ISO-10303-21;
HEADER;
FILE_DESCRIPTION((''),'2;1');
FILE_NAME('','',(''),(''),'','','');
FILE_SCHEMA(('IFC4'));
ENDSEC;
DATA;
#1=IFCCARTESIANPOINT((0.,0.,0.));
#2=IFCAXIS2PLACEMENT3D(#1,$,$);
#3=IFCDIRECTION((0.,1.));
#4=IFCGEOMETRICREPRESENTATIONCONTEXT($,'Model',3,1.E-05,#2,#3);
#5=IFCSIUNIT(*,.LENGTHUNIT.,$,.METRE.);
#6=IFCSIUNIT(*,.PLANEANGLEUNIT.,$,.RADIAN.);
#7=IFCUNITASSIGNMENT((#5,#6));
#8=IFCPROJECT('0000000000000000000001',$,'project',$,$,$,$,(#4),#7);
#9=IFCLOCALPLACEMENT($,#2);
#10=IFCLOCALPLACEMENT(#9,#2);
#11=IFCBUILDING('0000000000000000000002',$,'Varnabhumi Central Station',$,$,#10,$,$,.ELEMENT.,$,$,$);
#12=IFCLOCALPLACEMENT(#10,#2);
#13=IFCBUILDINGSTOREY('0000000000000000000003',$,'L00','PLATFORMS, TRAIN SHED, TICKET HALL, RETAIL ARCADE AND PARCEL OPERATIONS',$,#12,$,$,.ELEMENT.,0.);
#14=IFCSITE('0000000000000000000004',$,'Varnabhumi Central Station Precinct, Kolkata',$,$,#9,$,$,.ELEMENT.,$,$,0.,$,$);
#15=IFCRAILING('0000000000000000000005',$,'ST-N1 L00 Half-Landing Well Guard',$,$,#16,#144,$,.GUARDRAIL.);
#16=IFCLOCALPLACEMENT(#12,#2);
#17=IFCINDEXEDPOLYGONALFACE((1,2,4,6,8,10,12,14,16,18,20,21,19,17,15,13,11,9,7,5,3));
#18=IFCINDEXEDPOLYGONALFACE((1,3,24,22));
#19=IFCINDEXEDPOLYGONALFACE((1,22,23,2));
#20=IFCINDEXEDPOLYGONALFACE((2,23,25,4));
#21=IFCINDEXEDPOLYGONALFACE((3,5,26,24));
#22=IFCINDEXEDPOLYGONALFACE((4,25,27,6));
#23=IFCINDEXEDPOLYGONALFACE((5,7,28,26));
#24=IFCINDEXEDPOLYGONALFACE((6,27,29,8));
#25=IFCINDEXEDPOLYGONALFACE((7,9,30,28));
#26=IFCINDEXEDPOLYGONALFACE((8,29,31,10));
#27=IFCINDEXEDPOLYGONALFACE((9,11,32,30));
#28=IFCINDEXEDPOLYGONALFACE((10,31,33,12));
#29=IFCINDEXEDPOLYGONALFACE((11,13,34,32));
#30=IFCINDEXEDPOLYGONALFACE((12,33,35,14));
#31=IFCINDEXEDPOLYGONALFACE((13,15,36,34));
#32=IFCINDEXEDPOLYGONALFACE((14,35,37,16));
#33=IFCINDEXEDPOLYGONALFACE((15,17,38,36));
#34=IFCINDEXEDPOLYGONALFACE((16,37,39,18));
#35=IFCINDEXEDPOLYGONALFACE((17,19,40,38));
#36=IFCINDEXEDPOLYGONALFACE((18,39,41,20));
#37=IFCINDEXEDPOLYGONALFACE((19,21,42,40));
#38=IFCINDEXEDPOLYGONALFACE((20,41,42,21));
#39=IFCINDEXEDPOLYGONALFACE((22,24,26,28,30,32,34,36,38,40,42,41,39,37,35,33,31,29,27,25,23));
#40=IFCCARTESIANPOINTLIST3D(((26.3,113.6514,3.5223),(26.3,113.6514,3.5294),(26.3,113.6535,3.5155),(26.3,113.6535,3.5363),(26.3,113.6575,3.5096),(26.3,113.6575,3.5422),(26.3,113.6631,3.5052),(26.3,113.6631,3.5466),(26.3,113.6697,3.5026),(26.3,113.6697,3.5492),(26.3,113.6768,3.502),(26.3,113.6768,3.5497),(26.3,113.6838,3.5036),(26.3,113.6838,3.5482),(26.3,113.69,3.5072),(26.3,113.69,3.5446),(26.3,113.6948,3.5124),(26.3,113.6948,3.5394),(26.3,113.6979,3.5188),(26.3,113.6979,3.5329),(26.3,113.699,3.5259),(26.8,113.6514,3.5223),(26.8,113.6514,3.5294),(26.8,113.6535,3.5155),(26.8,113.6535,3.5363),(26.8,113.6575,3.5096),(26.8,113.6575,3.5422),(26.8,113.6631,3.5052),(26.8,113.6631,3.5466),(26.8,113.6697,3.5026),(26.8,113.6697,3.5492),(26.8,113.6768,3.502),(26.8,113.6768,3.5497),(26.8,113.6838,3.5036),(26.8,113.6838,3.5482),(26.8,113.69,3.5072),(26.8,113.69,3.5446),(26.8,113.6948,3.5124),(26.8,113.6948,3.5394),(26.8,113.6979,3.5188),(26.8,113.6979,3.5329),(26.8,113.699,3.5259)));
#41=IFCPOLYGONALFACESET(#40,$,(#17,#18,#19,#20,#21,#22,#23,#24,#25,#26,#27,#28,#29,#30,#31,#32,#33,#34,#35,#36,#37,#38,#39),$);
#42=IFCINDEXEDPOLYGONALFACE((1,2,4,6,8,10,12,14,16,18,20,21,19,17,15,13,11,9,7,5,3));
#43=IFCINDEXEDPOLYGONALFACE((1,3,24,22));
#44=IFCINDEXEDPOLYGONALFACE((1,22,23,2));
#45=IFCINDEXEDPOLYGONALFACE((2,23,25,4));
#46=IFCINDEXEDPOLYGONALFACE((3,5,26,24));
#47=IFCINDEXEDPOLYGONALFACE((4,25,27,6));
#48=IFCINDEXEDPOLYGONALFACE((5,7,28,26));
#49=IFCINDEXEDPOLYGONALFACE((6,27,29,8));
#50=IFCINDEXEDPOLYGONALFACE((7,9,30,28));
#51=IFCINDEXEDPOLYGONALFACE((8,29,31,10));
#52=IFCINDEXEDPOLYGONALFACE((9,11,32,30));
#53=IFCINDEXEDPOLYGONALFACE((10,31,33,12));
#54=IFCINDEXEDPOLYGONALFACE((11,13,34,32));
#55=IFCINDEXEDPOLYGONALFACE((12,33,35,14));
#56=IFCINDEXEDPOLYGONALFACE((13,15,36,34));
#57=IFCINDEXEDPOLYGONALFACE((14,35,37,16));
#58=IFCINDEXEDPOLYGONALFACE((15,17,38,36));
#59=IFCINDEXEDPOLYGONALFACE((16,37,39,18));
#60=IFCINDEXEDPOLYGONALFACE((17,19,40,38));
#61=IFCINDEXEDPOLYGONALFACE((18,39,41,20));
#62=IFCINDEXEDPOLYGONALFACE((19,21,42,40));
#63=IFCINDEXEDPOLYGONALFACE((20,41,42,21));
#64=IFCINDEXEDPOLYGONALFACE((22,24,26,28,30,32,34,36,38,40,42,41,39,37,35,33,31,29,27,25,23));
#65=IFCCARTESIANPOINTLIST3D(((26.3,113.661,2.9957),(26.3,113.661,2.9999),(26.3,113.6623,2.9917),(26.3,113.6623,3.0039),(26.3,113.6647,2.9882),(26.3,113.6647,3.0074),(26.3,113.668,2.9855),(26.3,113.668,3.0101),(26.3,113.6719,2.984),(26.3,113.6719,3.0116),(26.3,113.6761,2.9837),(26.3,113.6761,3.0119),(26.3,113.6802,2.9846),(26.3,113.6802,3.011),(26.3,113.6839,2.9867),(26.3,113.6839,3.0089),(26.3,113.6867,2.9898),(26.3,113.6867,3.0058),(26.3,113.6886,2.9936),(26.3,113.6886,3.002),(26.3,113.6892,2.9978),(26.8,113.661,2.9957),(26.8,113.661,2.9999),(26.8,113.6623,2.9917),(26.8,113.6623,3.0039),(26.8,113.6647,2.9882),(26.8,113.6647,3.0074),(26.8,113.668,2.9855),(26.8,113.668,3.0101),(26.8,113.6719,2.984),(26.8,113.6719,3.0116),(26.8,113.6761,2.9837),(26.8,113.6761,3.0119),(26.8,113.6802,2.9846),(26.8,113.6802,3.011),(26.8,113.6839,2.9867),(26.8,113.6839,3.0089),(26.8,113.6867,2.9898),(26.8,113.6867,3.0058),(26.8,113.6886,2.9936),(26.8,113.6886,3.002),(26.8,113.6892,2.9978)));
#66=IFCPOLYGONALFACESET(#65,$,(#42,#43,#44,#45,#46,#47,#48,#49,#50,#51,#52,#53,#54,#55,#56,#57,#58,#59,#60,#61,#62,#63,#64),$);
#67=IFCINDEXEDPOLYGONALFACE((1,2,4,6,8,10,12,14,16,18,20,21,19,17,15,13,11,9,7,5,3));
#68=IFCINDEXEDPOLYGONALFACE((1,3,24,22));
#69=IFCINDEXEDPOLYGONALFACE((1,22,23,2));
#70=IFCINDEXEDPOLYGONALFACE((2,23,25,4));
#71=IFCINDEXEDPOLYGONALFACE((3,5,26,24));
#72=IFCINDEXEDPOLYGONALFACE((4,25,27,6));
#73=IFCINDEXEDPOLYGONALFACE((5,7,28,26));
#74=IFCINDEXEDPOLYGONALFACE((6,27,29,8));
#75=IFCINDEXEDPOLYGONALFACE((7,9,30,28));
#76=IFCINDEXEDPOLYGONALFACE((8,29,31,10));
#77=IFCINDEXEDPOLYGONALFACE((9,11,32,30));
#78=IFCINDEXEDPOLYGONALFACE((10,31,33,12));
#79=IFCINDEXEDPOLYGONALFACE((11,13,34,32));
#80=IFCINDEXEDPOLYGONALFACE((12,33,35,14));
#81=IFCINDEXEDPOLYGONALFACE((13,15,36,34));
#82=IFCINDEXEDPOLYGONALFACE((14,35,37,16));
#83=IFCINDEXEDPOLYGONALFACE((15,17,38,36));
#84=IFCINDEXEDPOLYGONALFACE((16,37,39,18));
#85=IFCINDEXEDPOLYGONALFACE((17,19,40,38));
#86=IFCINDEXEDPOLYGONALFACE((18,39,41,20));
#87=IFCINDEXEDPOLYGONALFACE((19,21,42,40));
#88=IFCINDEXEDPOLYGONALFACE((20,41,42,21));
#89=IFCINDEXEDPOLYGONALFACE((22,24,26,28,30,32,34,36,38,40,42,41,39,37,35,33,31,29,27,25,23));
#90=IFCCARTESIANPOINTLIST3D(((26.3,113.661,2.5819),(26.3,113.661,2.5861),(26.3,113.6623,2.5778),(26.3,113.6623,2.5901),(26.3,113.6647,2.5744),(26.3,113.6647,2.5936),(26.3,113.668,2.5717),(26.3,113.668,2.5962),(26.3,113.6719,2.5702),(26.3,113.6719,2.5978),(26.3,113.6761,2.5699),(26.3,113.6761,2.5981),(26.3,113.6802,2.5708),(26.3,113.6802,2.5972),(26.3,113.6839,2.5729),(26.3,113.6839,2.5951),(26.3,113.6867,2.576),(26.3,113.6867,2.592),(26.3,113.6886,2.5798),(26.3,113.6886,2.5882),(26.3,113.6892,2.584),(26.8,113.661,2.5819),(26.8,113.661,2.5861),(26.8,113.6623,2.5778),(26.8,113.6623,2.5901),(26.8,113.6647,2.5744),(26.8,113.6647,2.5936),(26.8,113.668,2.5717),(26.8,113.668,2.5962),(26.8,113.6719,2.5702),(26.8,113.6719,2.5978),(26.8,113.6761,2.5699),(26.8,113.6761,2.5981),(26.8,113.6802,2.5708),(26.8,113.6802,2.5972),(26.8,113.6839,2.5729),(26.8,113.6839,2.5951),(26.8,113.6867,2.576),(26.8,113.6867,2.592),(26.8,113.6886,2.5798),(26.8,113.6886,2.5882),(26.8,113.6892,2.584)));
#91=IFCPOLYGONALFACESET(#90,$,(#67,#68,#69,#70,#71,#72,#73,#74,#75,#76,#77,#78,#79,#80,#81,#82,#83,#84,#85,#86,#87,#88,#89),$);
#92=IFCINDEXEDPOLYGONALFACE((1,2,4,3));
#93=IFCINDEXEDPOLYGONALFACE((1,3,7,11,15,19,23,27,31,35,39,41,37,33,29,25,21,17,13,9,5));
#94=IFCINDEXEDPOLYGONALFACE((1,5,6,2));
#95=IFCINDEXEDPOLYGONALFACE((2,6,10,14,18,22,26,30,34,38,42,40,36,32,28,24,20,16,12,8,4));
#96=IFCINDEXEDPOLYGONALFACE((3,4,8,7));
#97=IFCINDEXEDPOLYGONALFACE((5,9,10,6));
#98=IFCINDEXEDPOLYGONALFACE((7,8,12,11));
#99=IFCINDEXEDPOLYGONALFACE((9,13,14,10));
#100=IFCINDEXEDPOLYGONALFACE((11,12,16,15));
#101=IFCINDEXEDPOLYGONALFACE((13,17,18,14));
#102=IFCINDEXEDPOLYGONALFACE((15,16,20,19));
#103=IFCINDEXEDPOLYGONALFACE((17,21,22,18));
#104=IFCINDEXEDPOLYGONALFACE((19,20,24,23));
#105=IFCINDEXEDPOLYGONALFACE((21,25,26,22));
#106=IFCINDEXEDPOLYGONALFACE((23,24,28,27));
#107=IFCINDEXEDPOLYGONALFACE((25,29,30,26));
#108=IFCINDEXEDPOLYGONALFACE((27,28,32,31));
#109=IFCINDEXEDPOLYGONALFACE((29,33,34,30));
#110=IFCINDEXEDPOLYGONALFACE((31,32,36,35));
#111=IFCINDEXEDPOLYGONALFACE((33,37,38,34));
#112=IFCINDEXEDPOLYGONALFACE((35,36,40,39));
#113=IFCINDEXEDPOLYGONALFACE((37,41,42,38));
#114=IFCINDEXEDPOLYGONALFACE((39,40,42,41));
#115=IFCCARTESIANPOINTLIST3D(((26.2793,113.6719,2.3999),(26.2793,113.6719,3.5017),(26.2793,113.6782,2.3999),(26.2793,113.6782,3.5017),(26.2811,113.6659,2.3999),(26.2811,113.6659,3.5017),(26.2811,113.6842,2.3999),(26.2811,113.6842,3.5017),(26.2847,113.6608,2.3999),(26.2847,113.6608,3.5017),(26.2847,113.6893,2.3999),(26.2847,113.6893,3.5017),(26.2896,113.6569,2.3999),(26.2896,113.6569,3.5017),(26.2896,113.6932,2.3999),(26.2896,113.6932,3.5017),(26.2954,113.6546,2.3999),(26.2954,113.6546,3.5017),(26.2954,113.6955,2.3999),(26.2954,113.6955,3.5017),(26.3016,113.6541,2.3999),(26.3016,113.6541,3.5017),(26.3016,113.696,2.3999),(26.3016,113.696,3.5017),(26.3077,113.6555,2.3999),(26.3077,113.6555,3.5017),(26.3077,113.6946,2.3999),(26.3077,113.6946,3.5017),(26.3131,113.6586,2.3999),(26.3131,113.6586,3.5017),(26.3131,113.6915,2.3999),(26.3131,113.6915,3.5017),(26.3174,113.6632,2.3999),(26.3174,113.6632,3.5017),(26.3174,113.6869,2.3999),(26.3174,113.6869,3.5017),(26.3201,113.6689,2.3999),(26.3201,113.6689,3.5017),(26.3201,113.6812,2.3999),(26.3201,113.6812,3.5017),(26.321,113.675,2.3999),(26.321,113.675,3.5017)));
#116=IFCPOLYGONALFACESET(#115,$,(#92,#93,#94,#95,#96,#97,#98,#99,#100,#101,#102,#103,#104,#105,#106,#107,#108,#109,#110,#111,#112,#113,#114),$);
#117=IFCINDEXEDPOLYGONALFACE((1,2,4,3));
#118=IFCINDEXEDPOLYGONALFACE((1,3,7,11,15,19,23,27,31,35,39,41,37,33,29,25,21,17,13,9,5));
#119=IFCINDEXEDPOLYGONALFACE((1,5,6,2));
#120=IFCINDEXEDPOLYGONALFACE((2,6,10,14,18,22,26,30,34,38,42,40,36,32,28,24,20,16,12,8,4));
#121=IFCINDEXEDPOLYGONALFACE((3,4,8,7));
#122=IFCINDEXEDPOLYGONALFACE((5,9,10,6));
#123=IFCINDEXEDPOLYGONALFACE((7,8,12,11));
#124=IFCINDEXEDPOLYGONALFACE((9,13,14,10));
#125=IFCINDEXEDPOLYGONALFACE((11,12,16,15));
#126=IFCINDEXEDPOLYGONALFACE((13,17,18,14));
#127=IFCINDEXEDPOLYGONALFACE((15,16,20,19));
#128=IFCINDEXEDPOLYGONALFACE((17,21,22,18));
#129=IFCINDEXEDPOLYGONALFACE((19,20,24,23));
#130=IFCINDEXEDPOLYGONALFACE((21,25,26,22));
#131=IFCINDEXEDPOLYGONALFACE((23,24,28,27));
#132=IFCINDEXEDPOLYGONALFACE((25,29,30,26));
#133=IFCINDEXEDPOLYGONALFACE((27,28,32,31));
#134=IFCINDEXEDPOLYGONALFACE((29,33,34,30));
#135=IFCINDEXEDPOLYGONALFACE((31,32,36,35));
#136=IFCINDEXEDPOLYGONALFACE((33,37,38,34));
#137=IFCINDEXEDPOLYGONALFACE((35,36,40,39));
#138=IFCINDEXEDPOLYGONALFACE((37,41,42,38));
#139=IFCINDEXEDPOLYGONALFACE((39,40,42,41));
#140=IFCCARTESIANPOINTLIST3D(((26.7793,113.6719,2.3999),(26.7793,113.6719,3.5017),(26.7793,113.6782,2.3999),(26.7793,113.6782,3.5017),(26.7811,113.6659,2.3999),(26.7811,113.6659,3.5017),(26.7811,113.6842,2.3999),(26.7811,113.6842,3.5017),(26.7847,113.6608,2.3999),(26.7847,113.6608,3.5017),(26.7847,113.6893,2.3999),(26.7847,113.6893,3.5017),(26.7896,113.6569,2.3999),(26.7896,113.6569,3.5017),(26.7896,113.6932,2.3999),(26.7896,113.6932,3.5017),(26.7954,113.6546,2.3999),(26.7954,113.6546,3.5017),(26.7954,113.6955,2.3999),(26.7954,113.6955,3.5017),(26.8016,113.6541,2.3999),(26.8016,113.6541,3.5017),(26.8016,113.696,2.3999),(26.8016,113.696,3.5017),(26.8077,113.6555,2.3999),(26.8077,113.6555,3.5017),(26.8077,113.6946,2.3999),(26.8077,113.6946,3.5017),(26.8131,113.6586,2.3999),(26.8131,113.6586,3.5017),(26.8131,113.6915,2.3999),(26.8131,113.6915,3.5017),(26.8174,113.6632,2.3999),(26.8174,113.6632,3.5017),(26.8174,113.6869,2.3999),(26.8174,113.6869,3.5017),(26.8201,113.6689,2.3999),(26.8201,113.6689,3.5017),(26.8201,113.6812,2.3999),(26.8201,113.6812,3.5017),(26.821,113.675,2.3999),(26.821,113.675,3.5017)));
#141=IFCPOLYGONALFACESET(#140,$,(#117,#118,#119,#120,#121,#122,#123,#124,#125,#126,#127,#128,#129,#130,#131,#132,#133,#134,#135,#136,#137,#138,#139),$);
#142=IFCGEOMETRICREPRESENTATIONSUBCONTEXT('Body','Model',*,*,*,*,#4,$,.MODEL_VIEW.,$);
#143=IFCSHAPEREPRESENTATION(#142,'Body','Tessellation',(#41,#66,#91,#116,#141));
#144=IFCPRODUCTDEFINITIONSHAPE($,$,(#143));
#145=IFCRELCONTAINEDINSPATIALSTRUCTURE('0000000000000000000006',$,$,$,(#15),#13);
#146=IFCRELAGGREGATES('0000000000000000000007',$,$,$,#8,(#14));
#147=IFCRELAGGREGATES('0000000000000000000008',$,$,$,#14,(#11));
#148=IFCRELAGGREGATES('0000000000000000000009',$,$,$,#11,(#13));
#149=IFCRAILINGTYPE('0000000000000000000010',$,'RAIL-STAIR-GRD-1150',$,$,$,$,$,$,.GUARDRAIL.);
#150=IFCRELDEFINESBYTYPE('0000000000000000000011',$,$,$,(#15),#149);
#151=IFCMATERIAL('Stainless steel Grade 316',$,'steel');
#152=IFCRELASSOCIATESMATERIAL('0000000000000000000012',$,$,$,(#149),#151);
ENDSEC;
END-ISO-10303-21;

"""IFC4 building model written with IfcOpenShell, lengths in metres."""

from ifc_helpers import new_model, si_unit, direction, frame, origin, origin_2d, place, context, subcontext, project, spatial, circle, extrude, material, type_object, element, save


model = new_model("IFC4")

# Units and contexts
model_context = context("Model", 3, precision=1e-05, world=origin(), true_north=direction((0.0, 1.0)))
body_context = subcontext(model_context, "Body", "Model", "MODEL_VIEW")
ifc_project = project(units=[si_unit("LENGTHUNIT", "METRE"), si_unit("PLANEANGLEUNIT", "RADIAN")], contexts=[model_context])

# Site, building, storey
site_placement = place(None, origin())
site = spatial("IfcSite", under=ifc_project, at=site_placement, Name="Varnabhumi Central Station Precinct, Kolkata", CompositionType="ELEMENT", RefElevation=0.0)
building_placement = place(site_placement, origin())
building = spatial("IfcBuilding", under=site, at=building_placement, Name="Varnabhumi Central Station", CompositionType="ELEMENT")
storey_placement = place(building_placement, origin())
storey = spatial("IfcBuildingStorey", under=building, at=storey_placement, Name="L00", Description="PLATFORMS, TRAIN SHED, TICKET HALL, RETAIL ARCADE AND PARCEL OPERATIONS", CompositionType="ELEMENT", Elevation=0.0)

# Shared definitions
ifc_material_1 = material(Name="Stainless steel Grade 316", Category="steel")

# Railing
railing_type_1 = type_object("IfcRailingType", Name="RAIL-STAIR-GRD-1150", PredefinedType="GUARDRAIL", material=ifc_material_1)
for number, where, name in (
    (1, (26.3, 113.675, 2.3999), "ST-N1 L00 Half-Landing Well Guard"),
):
    element("IfcRailing", number, at=place(storey_placement, frame(where)), inside=storey, type_object=railing_type_1, Name=name, PredefinedType="GUARDRAIL", context=body_context, shape_type="SweptSolid", body=[
        extrude(circle(Radius=0.0239, at=origin_2d()), frame((0.0, 0.0, 1.126), z_axis=(1.0, 0.0, 0.0), x_axis=(0.0, 1.0, 0.0)), (0.0, 0.0, 1.0), 0.5),
        extrude(circle(Radius=0.0142, at=origin_2d()), frame((0.0, 0.0, 0.5979), z_axis=(1.0, 0.0, 0.0), x_axis=(0.0, 1.0, 0.0)), (0.0, 0.0, 1.0), 0.5),
        extrude(circle(Radius=0.0142, at=origin_2d()), frame((0.0, 0.0, 0.1841), z_axis=(1.0, 0.0, 0.0), x_axis=(0.0, 1.0, 0.0)), (0.0, 0.0, 1.0), 0.5),
        extrude(circle(Radius=0.021, at=origin_2d()), origin(), (0.0, 0.0, 1.0), 1.1018),
        extrude(circle(Radius=0.021, at=origin_2d()), frame((0.5, 0.0, 0.0)), (0.0, 0.0, 1.0), 1.1018),
    ])

save(model, "model.ifc")
